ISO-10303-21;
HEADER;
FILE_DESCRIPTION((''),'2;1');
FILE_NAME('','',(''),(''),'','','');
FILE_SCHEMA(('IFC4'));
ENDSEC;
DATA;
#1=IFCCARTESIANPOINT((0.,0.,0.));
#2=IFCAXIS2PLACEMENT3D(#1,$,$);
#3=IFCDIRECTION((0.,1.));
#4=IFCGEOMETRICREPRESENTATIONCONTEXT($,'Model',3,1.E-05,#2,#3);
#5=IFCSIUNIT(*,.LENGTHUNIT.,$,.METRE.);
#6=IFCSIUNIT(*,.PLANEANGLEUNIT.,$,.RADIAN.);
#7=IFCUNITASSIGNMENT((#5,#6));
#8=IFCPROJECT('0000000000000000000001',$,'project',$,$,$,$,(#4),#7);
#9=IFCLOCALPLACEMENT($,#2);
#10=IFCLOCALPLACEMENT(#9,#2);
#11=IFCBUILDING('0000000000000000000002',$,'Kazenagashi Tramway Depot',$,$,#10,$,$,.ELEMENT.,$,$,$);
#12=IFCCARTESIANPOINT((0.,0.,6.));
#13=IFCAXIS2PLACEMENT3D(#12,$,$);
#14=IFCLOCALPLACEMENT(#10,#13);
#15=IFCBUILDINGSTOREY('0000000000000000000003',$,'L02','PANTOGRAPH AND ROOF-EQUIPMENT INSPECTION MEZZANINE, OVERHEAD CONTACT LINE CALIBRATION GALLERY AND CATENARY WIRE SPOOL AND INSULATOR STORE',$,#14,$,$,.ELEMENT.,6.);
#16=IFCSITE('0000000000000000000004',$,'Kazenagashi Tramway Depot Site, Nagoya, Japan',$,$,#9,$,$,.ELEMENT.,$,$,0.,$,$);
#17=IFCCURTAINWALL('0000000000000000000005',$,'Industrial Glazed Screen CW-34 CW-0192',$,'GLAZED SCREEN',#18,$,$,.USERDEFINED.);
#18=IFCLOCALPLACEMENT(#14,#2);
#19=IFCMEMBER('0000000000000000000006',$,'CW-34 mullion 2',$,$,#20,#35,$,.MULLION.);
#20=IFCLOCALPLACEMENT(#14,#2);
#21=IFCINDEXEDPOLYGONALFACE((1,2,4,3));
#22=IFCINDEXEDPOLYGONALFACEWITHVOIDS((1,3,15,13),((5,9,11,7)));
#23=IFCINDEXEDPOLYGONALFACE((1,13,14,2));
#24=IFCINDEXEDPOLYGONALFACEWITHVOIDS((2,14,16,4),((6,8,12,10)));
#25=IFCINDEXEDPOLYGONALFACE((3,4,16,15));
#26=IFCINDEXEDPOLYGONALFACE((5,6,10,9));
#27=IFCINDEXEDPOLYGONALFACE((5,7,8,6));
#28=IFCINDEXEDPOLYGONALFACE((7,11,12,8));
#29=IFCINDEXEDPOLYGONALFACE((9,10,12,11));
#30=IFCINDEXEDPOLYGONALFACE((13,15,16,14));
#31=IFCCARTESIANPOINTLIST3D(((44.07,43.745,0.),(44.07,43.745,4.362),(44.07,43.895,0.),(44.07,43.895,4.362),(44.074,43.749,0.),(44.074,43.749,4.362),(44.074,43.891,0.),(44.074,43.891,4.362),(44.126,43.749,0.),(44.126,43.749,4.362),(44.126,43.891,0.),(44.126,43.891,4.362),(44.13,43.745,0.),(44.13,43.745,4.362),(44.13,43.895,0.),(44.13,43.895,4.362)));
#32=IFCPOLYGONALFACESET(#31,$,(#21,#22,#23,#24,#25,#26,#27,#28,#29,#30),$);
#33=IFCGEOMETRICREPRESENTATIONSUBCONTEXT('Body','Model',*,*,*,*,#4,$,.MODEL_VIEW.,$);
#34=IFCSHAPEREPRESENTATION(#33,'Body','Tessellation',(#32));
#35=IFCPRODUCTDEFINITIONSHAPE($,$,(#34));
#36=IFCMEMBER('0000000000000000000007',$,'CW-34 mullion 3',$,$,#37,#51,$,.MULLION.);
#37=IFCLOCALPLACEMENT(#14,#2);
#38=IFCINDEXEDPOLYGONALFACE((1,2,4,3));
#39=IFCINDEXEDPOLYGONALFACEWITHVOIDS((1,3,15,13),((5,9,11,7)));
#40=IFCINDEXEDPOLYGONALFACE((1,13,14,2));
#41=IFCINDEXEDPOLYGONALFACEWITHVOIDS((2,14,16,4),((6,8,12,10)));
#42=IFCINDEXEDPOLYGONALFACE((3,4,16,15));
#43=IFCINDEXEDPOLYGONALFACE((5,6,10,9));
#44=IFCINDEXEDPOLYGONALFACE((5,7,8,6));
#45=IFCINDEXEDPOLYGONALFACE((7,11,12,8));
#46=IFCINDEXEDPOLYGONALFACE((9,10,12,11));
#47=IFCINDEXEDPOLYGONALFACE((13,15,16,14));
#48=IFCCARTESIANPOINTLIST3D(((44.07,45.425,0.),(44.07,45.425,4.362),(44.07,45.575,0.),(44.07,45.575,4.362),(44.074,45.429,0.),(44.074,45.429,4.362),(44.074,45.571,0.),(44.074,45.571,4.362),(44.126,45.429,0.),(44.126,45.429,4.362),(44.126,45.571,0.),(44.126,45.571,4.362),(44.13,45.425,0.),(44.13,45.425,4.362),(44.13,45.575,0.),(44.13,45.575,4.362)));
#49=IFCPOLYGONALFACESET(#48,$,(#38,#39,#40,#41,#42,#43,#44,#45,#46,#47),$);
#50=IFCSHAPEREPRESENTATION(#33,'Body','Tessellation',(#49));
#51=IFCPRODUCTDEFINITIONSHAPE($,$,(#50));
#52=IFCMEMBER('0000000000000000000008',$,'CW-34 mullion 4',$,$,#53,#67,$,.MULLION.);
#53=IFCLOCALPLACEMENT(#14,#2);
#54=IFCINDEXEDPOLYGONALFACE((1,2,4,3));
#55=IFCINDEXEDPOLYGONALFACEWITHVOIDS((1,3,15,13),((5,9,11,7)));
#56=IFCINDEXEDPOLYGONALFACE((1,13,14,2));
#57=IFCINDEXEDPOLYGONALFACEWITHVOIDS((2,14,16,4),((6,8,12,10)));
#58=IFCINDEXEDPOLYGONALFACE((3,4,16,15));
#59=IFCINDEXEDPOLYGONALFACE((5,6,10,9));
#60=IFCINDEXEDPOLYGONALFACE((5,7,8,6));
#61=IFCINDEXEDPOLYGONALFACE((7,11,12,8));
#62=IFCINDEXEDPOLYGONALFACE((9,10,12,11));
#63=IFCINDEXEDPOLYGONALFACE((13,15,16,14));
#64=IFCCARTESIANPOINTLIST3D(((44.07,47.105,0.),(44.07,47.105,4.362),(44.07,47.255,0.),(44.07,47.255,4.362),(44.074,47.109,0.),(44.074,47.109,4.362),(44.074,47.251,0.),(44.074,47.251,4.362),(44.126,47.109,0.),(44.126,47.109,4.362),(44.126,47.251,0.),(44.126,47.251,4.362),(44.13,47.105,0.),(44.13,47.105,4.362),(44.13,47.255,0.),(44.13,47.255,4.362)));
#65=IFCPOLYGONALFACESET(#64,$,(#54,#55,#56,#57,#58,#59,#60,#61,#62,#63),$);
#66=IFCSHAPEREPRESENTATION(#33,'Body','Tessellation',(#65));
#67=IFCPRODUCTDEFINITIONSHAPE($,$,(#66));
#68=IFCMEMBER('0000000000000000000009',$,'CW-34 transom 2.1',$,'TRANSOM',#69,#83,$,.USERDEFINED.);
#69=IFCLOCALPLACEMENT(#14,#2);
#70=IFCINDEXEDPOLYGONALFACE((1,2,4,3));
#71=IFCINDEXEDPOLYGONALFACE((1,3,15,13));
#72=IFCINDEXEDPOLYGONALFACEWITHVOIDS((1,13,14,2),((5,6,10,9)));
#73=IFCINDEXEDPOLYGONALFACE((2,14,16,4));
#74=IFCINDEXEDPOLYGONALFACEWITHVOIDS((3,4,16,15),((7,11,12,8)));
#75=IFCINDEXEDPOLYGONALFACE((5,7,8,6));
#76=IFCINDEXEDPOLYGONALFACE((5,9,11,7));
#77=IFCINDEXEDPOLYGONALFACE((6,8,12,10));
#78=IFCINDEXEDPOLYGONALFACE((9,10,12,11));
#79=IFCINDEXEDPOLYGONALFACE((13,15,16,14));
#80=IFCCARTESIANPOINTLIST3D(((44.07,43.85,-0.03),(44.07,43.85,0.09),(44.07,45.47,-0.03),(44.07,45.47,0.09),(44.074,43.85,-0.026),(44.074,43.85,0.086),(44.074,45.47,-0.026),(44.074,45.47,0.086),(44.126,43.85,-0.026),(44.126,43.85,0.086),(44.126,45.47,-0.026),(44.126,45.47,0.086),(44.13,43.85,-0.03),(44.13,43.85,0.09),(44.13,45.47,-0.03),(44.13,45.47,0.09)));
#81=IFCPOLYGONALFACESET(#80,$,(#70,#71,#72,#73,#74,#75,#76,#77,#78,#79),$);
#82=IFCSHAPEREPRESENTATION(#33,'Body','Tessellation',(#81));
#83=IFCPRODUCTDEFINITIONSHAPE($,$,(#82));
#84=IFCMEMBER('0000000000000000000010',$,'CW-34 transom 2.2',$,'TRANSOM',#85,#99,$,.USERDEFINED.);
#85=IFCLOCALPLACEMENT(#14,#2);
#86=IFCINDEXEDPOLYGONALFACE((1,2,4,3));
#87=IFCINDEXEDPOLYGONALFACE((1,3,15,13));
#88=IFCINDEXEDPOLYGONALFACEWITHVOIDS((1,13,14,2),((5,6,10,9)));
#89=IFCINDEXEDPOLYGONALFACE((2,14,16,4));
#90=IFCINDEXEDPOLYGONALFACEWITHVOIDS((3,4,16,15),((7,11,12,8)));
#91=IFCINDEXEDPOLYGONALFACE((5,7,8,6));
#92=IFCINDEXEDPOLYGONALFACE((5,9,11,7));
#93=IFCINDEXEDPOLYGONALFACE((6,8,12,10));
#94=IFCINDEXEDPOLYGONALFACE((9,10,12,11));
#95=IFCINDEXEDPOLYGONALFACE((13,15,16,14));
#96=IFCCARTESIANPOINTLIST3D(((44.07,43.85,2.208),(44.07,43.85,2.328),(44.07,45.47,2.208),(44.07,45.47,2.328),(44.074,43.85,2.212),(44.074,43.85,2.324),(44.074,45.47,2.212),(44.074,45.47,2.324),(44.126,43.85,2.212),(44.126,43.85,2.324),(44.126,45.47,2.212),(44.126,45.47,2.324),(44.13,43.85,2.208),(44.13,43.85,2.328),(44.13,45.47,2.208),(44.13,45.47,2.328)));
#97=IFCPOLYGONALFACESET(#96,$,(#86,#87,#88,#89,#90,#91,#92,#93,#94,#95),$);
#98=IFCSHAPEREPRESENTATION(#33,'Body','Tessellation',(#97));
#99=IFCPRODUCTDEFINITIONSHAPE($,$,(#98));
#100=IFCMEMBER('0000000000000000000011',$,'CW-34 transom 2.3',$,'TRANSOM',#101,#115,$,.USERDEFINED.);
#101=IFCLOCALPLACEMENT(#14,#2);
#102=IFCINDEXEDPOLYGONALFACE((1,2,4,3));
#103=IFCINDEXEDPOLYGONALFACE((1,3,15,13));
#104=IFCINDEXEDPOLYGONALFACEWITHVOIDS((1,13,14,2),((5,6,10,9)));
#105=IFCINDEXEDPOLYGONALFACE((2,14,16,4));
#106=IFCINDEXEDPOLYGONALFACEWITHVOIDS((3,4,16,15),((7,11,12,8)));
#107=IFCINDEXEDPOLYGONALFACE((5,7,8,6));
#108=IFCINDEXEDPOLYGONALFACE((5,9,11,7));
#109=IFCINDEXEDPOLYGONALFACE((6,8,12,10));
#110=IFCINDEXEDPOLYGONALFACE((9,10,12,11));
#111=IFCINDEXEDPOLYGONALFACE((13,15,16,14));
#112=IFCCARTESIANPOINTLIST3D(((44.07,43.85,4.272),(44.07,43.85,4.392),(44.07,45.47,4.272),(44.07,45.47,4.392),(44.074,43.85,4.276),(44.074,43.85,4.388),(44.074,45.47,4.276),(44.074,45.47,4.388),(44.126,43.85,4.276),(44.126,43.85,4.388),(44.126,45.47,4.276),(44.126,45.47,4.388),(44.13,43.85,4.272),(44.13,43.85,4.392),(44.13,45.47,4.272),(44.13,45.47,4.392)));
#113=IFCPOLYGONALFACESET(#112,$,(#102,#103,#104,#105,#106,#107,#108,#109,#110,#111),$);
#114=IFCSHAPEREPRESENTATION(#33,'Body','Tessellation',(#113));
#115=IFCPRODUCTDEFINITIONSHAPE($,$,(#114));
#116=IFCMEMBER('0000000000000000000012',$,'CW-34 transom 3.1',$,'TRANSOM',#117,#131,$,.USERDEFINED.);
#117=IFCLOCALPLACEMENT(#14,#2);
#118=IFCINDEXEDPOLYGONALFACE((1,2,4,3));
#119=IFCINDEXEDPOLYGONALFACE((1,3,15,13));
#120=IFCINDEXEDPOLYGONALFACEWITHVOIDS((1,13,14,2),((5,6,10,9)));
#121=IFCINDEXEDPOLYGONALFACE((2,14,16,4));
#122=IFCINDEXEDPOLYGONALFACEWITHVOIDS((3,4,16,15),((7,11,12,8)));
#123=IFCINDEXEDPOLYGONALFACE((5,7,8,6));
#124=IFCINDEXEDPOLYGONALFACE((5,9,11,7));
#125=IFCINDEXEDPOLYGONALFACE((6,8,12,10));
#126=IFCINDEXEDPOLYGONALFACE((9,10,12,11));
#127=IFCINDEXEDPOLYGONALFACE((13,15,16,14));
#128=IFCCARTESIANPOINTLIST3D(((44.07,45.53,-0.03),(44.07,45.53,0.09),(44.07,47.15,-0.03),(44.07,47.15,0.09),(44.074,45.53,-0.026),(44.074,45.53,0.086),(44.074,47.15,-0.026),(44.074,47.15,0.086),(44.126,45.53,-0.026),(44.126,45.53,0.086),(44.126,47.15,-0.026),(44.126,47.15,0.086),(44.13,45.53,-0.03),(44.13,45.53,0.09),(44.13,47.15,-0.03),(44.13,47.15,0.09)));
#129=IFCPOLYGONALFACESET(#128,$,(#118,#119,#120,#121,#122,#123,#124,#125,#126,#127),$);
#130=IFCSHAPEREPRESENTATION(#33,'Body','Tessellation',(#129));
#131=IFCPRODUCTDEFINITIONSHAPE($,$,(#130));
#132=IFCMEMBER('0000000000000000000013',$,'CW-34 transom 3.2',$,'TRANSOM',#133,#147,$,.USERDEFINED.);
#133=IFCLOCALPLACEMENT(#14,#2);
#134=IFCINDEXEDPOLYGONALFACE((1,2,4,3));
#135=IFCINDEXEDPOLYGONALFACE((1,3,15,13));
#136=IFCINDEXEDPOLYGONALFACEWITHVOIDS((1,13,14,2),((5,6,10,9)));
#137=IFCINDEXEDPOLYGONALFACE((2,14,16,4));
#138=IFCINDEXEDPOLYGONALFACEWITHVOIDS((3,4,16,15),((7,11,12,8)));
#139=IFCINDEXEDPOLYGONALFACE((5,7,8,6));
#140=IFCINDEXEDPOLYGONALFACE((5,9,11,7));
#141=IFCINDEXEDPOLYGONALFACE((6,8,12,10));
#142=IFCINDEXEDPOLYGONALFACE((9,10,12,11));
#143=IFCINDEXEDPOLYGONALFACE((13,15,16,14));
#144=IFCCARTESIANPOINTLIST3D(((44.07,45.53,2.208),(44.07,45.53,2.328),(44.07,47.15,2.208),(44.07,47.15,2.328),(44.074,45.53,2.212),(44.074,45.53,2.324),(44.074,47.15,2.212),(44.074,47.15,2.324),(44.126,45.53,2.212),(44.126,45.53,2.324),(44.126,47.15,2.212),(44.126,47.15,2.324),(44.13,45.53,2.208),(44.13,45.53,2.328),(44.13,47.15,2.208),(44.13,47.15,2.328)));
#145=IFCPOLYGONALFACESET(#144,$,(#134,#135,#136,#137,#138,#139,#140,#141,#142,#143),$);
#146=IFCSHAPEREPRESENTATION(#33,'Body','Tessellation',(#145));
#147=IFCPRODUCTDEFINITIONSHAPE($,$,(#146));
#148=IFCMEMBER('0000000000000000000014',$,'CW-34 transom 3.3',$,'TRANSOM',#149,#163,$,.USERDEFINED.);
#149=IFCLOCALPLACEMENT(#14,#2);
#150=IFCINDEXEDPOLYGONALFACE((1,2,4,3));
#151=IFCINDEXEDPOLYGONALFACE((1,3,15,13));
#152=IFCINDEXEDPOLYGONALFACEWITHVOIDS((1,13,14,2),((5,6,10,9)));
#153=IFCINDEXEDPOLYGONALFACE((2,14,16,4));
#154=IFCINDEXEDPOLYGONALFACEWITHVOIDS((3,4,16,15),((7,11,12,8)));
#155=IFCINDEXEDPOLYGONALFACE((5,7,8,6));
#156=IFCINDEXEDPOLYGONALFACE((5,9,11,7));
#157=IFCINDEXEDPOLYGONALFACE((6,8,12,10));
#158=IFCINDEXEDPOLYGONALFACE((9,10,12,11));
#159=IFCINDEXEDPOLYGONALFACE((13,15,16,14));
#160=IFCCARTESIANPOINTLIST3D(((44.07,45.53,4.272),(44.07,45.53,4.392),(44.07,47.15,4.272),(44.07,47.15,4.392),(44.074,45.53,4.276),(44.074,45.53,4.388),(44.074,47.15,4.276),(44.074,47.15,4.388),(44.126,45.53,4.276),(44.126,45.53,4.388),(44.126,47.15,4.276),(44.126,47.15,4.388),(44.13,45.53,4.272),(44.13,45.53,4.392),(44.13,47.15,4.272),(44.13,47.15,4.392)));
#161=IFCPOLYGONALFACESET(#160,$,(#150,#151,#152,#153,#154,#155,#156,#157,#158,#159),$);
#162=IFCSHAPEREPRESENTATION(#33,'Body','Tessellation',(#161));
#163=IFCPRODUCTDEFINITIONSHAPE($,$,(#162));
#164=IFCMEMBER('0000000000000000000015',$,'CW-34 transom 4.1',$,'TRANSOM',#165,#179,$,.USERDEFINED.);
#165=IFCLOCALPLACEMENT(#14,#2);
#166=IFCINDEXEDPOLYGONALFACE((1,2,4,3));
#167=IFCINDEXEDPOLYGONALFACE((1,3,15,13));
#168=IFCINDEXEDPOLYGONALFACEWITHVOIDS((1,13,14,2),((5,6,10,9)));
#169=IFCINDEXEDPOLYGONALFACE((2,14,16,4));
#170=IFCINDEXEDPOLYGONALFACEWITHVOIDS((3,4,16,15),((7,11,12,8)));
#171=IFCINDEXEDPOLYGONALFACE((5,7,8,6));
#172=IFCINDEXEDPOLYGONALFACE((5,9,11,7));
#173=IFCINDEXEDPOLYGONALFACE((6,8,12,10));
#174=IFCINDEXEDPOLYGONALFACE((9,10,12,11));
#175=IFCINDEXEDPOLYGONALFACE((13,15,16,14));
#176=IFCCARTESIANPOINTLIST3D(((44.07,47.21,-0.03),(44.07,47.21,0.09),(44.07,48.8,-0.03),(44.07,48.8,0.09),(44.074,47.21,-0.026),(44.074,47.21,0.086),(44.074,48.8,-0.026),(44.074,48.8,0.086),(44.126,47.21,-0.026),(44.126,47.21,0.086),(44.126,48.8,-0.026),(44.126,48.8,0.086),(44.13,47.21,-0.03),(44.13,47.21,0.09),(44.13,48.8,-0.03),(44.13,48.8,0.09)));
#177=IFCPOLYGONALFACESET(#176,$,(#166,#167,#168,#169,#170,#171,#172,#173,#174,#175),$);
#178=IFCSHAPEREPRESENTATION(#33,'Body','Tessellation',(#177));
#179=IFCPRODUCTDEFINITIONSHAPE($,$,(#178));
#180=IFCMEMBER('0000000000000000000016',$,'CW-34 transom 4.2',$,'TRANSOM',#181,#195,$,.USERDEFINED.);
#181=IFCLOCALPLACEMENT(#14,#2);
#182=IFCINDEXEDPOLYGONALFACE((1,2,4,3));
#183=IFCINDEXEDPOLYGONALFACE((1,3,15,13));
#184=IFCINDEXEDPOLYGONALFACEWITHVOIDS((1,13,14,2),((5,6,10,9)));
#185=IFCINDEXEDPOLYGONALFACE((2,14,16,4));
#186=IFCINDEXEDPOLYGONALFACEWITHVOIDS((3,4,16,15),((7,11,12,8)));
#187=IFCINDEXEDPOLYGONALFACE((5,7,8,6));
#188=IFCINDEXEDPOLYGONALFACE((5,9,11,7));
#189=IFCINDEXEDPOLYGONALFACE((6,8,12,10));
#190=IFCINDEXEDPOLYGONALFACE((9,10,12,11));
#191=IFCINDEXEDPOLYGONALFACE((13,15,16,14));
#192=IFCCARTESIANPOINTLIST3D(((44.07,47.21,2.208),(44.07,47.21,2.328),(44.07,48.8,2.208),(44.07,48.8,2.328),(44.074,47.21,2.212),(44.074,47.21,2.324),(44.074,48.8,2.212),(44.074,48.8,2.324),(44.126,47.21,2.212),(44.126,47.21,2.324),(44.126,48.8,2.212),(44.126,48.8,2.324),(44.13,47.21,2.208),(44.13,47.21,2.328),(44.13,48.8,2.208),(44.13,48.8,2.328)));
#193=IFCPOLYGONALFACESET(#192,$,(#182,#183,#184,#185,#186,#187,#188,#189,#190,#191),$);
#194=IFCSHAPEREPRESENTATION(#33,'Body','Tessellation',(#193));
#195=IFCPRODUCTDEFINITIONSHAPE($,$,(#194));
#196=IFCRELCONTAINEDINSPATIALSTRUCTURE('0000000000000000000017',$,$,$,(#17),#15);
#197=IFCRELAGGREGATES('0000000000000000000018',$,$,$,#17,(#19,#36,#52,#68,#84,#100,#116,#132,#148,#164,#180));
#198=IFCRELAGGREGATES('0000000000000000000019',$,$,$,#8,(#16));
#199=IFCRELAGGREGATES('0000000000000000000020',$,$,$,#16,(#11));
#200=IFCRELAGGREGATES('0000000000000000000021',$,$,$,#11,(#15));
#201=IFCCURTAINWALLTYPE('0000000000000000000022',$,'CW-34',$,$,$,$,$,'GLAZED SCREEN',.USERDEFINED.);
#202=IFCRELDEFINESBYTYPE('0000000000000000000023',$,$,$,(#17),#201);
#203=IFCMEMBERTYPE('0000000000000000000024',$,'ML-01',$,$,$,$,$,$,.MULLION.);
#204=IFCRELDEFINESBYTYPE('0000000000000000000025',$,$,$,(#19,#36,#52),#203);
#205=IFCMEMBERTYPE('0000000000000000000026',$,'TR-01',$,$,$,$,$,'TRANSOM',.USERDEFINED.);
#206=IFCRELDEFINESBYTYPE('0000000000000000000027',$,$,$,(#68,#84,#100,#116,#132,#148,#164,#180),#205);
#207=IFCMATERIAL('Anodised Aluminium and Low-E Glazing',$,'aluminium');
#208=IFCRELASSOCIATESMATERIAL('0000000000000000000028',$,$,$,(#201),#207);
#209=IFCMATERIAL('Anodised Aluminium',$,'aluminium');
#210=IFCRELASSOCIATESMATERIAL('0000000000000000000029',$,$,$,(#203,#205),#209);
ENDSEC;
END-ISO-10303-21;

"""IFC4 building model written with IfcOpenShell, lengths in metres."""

from ifc_helpers import new_model, si_unit, direction, frame, origin, origin_2d, place, context, subcontext, project, spatial, hollow_rectangle, extrude, material, material_profile, profile_set, type_object, element, aggregate, save


model = new_model("IFC4")

# Units and contexts
model_context = context("Model", 3, precision=1e-05, world=origin(), true_north=direction((0.0, 1.0)))
body_context = subcontext(model_context, "Body", "Model", "MODEL_VIEW")
ifc_project = project(units=[si_unit("LENGTHUNIT", "METRE"), si_unit("PLANEANGLEUNIT", "RADIAN")], contexts=[model_context])

# Site, building, storey
site_placement = place(None, origin())
site = spatial("IfcSite", under=ifc_project, at=site_placement, Name="Kazenagashi Tramway Depot Site, Nagoya, Japan", CompositionType="ELEMENT", RefElevation=0.0)
building_placement = place(site_placement, origin())
building = spatial("IfcBuilding", under=site, at=building_placement, Name="Kazenagashi Tramway Depot", CompositionType="ELEMENT")
storey_placement = place(building_placement, frame((0.0, 0.0, 6.0)))
storey = spatial("IfcBuildingStorey", under=building, at=storey_placement, Name="L02", Description="PANTOGRAPH AND ROOF-EQUIPMENT INSPECTION MEZZANINE, OVERHEAD CONTACT LINE CALIBRATION GALLERY AND CATENARY WIRE SPOOL AND INSULATOR STORE", CompositionType="ELEMENT", Elevation=6.0)

# Curtain wall, members
ifc_material_1 = material(Name="Anodised Aluminium and Low-E Glazing", Category="aluminium")
curtain_wall_type = type_object("IfcCurtainWallType", Name="CW-34", ElementType="GLAZED SCREEN", PredefinedType="USERDEFINED", material=ifc_material_1)
curtain_wall_placement = place(storey_placement, origin())
curtain_wall = element("IfcCurtainWall", 1, at=curtain_wall_placement, inside=storey, type_object=curtain_wall_type, Name="Industrial Glazed Screen CW-34 CW-0192", ObjectType="GLAZED SCREEN", PredefinedType="USERDEFINED")
ifc_material_2 = material(Name="Anodised Aluminium", Category="aluminium")
ifc_material_profile_1 = material_profile(ifc_material_2, hollow_rectangle(XDim=0.06, YDim=0.15, WallThickness=0.004, at=origin_2d()), Name="RHS-150x60x4")
ifc_profile_set_1 = profile_set([ifc_material_profile_1], Name="Anodised Aluminium")
member_type_1 = type_object("IfcMemberType", Name="ML-01", PredefinedType="MULLION", material=ifc_profile_set_1)
member_1_placement = place(storey_placement, frame((44.1, 43.82, 0.0), z_axis=(0.0, 0.0, 1.0), x_axis=(-1.0, 0.0, 0.0)))
member_1 = element("IfcMember", 2, at=member_1_placement, type_object=member_type_1, Name="CW-34 mullion 2", PredefinedType="MULLION", context=body_context, shape_type="SweptSolid", body=[
    extrude(hollow_rectangle(XDim=0.06, YDim=0.15, WallThickness=0.004, at=origin_2d()), origin(), (0.0, 0.0, 1.0), 4.362),
])
member_2_placement = place(storey_placement, frame((44.1, 45.5, 0.0), z_axis=(0.0, 0.0, 1.0), x_axis=(-1.0, 0.0, 0.0)))
member_2 = element("IfcMember", 3, at=member_2_placement, type_object=member_type_1, Name="CW-34 mullion 3", PredefinedType="MULLION", context=body_context, shape_type="SweptSolid", body=[
    extrude(hollow_rectangle(XDim=0.06, YDim=0.15, WallThickness=0.004, at=origin_2d()), origin(), (0.0, 0.0, 1.0), 4.362),
])
member_3_placement = place(storey_placement, frame((44.1, 47.18, 0.0), z_axis=(0.0, 0.0, 1.0), x_axis=(-1.0, 0.0, 0.0)))
member_3 = element("IfcMember", 4, at=member_3_placement, type_object=member_type_1, Name="CW-34 mullion 4", PredefinedType="MULLION", context=body_context, shape_type="SweptSolid", body=[
    extrude(hollow_rectangle(XDim=0.06, YDim=0.15, WallThickness=0.004, at=origin_2d()), origin(), (0.0, 0.0, 1.0), 4.362),
])
ifc_material_profile_2 = material_profile(ifc_material_2, hollow_rectangle(XDim=0.06, YDim=0.12, WallThickness=0.004, at=origin_2d()), Name="RHS-120x60x4")
ifc_profile_set_2 = profile_set([ifc_material_profile_2], Name="Anodised Aluminium")
member_type_2 = type_object("IfcMemberType", Name="TR-01", ElementType="TRANSOM", PredefinedType="USERDEFINED", material=ifc_profile_set_2)
member_4_placement = place(storey_placement, frame((44.1, 43.85, 0.03), z_axis=(0.0, 1.0, 0.0), x_axis=(-1.0, 0.0, 0.0)))
member_4 = element("IfcMember", 5, at=member_4_placement, type_object=member_type_2, Name="CW-34 transom 2.1", ObjectType="TRANSOM", PredefinedType="USERDEFINED", context=body_context, shape_type="SweptSolid", body=[
    extrude(hollow_rectangle(XDim=0.06, YDim=0.12, WallThickness=0.004, at=origin_2d()), origin(), (0.0, 0.0, 1.0), 1.62),
])
member_5_placement = place(storey_placement, frame((44.1, 43.85, 2.268), z_axis=(0.0, 1.0, 0.0), x_axis=(-1.0, 0.0, 0.0)))
member_5 = element("IfcMember", 6, at=member_5_placement, type_object=member_type_2, Name="CW-34 transom 2.2", ObjectType="TRANSOM", PredefinedType="USERDEFINED", context=body_context, shape_type="SweptSolid", body=[
    extrude(hollow_rectangle(XDim=0.06, YDim=0.12, WallThickness=0.004, at=origin_2d()), origin(), (0.0, 0.0, 1.0), 1.62),
])
member_6_placement = place(storey_placement, frame((44.1, 43.85, 4.332), z_axis=(0.0, 1.0, 0.0), x_axis=(-1.0, 0.0, 0.0)))
member_6 = element("IfcMember", 7, at=member_6_placement, type_object=member_type_2, Name="CW-34 transom 2.3", ObjectType="TRANSOM", PredefinedType="USERDEFINED", context=body_context, shape_type="SweptSolid", body=[
    extrude(hollow_rectangle(XDim=0.06, YDim=0.12, WallThickness=0.004, at=origin_2d()), origin(), (0.0, 0.0, 1.0), 1.62),
])
member_7_placement = place(storey_placement, frame((44.1, 45.53, 0.03), z_axis=(0.0, 1.0, 0.0), x_axis=(-1.0, 0.0, 0.0)))
member_7 = element("IfcMember", 8, at=member_7_placement, type_object=member_type_2, Name="CW-34 transom 3.1", ObjectType="TRANSOM", PredefinedType="USERDEFINED", context=body_context, shape_type="SweptSolid", body=[
    extrude(hollow_rectangle(XDim=0.06, YDim=0.12, WallThickness=0.004, at=origin_2d()), origin(), (0.0, 0.0, 1.0), 1.62),
])
member_8_placement = place(storey_placement, frame((44.1, 45.53, 2.268), z_axis=(0.0, 1.0, 0.0), x_axis=(-1.0, 0.0, 0.0)))
member_8 = element("IfcMember", 9, at=member_8_placement, type_object=member_type_2, Name="CW-34 transom 3.2", ObjectType="TRANSOM", PredefinedType="USERDEFINED", context=body_context, shape_type="SweptSolid", body=[
    extrude(hollow_rectangle(XDim=0.06, YDim=0.12, WallThickness=0.004, at=origin_2d()), origin(), (0.0, 0.0, 1.0), 1.62),
])
member_9_placement = place(storey_placement, frame((44.1, 45.53, 4.332), z_axis=(0.0, 1.0, 0.0), x_axis=(-1.0, 0.0, 0.0)))
member_9 = element("IfcMember", 10, at=member_9_placement, type_object=member_type_2, Name="CW-34 transom 3.3", ObjectType="TRANSOM", PredefinedType="USERDEFINED", context=body_context, shape_type="SweptSolid", body=[
    extrude(hollow_rectangle(XDim=0.06, YDim=0.12, WallThickness=0.004, at=origin_2d()), origin(), (0.0, 0.0, 1.0), 1.62),
])
member_10_placement = place(storey_placement, frame((44.1, 47.21, 0.03), z_axis=(0.0, 1.0, 0.0), x_axis=(-1.0, 0.0, 0.0)))
member_10 = element("IfcMember", 11, at=member_10_placement, type_object=member_type_2, Name="CW-34 transom 4.1", ObjectType="TRANSOM", PredefinedType="USERDEFINED", context=body_context, shape_type="SweptSolid", body=[
    extrude(hollow_rectangle(XDim=0.06, YDim=0.12, WallThickness=0.004, at=origin_2d()), origin(), (0.0, 0.0, 1.0), 1.59),
])
member_11_placement = place(storey_placement, frame((44.1, 47.21, 2.268), z_axis=(0.0, 1.0, 0.0), x_axis=(-1.0, 0.0, 0.0)))
member_11 = element("IfcMember", 12, at=member_11_placement, type_object=member_type_2, Name="CW-34 transom 4.2", ObjectType="TRANSOM", PredefinedType="USERDEFINED", context=body_context, shape_type="SweptSolid", body=[
    extrude(hollow_rectangle(XDim=0.06, YDim=0.12, WallThickness=0.004, at=origin_2d()), origin(), (0.0, 0.0, 1.0), 1.59),
])
aggregate(curtain_wall, [member_1, member_2, member_3, member_4, member_5, member_6, member_7, member_8, member_9, member_10, member_11])

save(model, "model.ifc")
